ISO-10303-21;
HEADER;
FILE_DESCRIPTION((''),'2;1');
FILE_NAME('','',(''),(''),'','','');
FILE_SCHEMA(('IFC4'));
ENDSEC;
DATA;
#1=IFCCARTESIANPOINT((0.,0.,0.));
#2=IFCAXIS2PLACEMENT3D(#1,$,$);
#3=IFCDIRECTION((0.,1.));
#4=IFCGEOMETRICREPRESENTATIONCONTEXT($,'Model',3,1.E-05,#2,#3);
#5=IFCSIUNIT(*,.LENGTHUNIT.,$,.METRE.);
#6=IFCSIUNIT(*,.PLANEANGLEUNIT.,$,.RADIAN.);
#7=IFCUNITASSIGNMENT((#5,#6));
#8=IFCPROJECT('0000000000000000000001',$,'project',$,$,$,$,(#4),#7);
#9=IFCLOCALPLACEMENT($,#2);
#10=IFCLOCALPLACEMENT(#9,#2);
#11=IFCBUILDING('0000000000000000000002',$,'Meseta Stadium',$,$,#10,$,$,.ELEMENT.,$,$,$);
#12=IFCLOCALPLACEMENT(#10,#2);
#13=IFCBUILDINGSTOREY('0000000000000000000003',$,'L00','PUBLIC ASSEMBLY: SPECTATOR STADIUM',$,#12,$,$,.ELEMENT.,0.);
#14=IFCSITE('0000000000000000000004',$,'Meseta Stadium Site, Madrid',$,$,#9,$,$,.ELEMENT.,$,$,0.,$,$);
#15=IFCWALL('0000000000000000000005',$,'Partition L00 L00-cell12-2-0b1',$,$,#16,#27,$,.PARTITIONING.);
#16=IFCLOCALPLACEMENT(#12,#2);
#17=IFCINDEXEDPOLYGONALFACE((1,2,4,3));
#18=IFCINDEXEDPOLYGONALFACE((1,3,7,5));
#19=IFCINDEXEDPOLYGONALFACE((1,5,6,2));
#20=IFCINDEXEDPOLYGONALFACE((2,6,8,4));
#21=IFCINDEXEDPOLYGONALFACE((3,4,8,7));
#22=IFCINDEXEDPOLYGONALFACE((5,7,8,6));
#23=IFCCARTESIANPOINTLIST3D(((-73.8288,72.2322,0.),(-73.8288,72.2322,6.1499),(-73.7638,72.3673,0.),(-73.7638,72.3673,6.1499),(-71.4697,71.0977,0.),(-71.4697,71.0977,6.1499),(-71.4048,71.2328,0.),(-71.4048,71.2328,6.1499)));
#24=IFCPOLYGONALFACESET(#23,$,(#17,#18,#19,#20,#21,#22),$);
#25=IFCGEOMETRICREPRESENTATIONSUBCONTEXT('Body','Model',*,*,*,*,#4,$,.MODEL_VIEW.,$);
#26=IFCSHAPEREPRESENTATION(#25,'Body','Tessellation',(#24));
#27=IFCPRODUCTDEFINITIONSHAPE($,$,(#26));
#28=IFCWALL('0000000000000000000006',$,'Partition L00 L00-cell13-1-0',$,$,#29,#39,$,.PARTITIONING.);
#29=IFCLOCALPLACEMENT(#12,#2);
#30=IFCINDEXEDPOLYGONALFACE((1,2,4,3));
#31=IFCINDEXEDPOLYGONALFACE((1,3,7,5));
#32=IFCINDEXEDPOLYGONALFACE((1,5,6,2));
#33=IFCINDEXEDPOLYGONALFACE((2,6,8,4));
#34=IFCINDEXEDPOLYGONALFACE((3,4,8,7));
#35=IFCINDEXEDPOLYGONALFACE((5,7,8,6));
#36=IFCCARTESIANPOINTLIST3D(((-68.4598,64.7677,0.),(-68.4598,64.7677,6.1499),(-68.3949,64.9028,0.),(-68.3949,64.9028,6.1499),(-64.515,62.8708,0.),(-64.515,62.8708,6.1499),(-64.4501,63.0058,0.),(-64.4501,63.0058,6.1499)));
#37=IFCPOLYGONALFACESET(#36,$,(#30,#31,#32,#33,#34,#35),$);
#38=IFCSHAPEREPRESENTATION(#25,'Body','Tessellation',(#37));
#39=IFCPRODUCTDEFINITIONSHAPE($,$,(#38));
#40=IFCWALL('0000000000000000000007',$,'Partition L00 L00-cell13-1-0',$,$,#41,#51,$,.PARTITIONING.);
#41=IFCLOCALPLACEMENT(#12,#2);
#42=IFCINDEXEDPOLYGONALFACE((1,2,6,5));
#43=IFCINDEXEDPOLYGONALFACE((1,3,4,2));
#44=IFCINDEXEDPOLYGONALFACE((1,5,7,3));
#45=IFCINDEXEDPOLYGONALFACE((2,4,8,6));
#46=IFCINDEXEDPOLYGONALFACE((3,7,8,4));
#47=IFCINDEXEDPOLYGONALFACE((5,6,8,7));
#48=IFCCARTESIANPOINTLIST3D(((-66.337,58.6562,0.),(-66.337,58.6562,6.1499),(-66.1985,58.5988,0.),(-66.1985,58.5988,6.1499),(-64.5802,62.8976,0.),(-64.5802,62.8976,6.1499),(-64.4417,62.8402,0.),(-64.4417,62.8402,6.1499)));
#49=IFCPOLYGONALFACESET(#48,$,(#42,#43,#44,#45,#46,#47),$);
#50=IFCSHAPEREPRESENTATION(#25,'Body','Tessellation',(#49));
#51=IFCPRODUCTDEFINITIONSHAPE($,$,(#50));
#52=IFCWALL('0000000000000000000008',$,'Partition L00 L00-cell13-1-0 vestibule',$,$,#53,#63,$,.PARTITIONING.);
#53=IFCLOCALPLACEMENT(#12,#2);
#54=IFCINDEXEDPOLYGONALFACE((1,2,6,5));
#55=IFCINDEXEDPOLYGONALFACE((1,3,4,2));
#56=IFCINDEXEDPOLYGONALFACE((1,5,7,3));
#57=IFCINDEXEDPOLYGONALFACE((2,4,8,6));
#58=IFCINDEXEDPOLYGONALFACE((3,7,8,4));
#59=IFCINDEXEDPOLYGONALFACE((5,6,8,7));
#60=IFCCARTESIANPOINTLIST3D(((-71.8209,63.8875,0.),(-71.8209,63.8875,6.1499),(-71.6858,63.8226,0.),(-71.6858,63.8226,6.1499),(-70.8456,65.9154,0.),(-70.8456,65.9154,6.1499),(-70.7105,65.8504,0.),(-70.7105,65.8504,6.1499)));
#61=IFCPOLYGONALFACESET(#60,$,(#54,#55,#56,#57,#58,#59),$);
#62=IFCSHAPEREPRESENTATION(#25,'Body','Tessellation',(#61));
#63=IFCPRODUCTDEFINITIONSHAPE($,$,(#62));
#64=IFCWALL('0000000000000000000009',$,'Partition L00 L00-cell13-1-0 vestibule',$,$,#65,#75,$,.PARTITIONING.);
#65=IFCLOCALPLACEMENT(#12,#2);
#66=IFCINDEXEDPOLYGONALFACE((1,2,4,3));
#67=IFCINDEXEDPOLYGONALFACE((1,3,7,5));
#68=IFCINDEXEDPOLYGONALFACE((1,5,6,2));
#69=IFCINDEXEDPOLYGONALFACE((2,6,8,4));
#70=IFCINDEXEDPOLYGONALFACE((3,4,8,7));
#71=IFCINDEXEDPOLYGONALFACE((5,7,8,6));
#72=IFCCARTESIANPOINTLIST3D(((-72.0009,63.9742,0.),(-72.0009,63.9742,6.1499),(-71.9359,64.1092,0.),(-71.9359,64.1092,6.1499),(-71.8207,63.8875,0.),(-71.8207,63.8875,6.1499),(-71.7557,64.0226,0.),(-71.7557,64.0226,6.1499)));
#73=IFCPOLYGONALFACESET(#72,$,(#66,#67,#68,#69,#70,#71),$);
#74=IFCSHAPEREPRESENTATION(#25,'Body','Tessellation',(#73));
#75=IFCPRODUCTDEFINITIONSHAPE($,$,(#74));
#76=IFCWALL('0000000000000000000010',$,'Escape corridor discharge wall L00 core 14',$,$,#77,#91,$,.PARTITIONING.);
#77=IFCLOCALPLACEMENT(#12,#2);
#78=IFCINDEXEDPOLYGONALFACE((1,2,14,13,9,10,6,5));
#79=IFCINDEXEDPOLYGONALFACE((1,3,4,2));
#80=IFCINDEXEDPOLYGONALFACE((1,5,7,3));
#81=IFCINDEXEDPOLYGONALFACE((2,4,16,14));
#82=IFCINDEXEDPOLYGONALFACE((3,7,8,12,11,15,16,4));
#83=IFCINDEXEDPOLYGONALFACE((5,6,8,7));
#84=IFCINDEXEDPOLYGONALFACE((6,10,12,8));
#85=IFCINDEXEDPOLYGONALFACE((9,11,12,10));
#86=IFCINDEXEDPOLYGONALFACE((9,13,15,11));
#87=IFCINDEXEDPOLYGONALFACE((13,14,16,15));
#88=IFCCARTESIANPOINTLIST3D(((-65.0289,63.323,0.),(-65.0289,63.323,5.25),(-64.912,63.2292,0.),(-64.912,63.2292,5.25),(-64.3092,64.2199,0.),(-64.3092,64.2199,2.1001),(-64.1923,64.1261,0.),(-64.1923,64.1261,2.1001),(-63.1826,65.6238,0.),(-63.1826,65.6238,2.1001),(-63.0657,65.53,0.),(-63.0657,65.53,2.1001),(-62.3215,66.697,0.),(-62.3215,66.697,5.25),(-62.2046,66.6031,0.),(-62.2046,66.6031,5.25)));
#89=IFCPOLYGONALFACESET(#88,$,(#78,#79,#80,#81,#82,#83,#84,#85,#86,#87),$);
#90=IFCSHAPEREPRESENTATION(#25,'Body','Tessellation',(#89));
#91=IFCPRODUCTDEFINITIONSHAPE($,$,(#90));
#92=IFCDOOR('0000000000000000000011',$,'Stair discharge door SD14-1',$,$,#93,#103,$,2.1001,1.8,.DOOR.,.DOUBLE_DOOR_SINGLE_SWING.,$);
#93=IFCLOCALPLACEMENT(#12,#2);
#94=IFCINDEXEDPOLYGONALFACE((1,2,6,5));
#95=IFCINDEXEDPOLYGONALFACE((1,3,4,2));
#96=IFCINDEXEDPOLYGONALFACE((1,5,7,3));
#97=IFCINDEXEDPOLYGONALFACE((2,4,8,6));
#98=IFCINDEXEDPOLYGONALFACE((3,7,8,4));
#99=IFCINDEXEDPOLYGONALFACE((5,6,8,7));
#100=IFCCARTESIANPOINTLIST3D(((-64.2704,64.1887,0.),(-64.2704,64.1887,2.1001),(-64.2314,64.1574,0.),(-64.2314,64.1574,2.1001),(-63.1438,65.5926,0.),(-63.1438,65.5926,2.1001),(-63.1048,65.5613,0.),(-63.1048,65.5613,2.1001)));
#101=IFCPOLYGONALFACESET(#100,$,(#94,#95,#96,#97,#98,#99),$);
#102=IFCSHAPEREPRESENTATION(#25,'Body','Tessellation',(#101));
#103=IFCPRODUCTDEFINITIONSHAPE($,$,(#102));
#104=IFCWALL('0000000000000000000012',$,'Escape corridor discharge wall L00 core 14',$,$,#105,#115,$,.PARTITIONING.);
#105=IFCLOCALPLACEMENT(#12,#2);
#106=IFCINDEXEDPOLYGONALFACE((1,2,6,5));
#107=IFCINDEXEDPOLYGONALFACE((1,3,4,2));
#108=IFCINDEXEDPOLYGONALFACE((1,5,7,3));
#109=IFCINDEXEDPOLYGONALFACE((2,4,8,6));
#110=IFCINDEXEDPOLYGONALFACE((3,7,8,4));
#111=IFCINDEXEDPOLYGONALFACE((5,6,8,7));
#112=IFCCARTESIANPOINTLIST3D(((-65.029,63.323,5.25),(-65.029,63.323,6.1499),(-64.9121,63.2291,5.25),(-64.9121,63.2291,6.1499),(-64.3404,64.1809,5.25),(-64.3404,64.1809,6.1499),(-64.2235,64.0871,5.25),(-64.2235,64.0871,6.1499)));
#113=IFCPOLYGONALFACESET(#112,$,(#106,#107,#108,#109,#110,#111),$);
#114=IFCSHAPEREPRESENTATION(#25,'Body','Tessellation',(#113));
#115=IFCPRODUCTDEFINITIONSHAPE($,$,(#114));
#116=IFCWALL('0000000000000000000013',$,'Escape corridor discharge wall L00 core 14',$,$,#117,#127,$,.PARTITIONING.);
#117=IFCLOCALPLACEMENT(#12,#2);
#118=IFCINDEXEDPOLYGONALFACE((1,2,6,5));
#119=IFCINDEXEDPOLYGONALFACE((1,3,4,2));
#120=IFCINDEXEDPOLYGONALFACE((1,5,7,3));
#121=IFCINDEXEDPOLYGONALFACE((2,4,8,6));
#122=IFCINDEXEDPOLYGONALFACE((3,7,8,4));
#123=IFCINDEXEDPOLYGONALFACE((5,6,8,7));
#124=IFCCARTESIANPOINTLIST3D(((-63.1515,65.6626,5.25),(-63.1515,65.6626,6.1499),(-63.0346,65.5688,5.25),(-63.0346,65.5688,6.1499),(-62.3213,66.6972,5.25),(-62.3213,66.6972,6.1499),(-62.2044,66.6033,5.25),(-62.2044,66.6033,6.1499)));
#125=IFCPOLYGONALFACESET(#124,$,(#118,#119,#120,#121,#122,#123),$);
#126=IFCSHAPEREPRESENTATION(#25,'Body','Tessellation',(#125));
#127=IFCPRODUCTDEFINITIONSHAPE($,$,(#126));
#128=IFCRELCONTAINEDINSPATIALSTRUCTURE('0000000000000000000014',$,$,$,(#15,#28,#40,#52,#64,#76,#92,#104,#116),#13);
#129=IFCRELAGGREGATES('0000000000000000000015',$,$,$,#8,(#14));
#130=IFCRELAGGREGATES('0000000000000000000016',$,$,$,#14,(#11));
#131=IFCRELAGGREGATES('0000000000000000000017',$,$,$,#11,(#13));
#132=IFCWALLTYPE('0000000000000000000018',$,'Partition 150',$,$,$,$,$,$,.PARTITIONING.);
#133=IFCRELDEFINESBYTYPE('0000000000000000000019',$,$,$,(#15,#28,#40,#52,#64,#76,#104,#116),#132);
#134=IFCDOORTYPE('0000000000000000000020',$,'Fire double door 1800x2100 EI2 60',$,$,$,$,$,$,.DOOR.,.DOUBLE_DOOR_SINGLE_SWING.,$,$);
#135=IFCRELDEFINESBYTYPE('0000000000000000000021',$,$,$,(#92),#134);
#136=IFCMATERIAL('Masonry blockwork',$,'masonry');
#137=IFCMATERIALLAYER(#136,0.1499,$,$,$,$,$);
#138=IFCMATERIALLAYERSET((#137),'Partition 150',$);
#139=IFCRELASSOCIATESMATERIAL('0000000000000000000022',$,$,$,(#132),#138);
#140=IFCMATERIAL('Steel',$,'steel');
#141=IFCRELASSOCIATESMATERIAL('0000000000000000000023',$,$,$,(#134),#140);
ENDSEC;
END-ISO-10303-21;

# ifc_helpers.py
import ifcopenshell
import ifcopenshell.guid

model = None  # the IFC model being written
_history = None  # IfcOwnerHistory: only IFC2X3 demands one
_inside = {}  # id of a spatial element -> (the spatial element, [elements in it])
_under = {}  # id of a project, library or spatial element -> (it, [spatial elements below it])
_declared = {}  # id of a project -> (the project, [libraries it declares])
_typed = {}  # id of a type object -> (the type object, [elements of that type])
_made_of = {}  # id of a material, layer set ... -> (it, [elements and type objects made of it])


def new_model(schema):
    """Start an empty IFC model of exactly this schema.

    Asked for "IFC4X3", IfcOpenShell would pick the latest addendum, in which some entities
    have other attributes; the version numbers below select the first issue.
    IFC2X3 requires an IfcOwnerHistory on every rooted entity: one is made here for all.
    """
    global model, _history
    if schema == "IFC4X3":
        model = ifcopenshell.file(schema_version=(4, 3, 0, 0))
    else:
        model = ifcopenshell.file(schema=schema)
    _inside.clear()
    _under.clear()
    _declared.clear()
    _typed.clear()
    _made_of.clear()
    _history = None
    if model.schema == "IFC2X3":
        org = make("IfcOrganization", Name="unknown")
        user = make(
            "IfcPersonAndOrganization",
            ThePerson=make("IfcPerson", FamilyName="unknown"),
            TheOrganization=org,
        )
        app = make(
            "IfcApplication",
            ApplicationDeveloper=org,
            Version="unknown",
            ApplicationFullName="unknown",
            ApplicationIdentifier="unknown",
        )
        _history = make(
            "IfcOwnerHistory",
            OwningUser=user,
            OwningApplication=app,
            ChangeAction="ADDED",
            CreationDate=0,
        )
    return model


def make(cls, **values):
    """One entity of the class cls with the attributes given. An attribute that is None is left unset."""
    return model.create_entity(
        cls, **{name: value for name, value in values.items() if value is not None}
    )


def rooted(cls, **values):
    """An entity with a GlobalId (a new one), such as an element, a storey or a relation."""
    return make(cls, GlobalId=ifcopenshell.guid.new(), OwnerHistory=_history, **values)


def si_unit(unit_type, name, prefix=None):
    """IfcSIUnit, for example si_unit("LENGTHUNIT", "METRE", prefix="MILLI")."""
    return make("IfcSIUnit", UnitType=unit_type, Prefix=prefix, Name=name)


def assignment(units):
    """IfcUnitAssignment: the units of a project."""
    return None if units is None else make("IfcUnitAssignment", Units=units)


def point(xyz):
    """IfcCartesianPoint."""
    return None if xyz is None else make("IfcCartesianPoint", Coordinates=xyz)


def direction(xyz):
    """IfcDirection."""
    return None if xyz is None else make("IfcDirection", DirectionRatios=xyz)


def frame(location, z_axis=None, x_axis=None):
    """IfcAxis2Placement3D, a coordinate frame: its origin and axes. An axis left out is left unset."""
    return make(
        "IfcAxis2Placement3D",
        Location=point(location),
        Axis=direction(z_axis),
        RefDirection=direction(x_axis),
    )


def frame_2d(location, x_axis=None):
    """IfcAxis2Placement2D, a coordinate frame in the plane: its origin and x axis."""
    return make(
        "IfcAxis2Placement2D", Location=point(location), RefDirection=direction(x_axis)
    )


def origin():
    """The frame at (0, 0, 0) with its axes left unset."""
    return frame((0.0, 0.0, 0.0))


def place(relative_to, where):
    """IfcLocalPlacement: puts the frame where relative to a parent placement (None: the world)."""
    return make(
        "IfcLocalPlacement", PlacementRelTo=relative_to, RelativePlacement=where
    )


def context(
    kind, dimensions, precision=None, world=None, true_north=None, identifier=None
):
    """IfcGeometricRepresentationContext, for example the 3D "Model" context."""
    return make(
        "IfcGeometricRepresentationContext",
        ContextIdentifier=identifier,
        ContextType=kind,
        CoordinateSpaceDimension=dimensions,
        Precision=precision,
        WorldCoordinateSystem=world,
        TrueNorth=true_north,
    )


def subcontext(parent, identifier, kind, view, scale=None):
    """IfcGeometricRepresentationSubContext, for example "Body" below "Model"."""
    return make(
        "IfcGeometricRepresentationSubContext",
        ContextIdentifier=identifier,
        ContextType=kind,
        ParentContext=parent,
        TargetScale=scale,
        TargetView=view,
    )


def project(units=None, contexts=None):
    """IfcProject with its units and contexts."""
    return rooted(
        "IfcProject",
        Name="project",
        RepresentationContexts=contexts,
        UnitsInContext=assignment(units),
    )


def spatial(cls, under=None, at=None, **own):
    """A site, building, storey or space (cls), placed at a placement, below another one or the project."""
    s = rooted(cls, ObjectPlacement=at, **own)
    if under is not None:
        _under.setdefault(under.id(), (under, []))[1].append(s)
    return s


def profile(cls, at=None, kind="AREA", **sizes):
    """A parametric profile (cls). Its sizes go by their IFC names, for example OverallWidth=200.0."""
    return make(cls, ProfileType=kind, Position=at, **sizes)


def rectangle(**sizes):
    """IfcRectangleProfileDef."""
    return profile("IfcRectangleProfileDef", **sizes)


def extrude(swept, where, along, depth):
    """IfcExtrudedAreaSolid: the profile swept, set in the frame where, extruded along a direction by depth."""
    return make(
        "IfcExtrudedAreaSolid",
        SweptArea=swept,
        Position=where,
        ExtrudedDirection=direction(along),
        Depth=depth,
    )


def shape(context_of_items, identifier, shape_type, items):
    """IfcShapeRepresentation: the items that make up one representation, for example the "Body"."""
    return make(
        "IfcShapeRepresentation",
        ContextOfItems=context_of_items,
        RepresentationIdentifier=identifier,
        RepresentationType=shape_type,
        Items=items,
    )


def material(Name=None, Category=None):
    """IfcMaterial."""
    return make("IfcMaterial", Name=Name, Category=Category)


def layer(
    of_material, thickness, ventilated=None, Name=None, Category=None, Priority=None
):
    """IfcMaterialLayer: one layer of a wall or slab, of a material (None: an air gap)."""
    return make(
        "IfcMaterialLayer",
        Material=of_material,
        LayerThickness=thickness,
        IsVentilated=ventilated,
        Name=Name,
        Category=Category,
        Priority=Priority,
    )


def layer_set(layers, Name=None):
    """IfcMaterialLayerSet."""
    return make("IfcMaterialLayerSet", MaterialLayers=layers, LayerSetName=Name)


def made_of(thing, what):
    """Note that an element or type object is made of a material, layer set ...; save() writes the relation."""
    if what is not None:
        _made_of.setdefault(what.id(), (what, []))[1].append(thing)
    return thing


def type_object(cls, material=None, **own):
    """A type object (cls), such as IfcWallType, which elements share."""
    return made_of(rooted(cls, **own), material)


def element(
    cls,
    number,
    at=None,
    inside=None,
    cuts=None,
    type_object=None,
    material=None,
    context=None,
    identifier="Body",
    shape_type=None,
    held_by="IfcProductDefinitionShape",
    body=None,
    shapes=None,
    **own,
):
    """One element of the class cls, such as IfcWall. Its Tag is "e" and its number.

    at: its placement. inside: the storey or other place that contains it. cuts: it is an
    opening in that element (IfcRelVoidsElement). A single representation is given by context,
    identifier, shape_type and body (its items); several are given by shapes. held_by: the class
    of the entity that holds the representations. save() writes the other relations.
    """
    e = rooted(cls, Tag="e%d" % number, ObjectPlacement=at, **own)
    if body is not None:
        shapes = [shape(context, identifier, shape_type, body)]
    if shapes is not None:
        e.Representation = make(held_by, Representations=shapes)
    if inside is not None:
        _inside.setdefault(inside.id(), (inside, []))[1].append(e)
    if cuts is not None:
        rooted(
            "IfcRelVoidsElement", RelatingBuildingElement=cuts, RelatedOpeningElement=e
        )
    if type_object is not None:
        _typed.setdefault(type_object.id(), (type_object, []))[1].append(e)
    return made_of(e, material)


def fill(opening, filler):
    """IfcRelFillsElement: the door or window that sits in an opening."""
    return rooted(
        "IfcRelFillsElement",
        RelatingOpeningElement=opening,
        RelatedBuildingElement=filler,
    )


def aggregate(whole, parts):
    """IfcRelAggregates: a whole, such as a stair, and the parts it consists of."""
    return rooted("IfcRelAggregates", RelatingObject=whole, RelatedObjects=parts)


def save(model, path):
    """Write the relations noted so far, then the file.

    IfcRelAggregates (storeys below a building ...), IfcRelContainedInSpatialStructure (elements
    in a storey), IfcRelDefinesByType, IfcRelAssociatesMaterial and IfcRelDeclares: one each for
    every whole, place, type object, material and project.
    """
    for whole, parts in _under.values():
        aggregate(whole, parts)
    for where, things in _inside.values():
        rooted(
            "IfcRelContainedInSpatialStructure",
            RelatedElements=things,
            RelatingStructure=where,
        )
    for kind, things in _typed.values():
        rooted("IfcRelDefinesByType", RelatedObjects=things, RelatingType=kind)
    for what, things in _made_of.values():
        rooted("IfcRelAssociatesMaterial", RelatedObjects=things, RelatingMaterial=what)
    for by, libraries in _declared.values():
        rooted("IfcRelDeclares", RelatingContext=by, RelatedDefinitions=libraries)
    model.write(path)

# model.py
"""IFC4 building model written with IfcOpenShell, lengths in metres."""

from ifc_helpers import new_model, si_unit, direction, frame, frame_2d, origin, place, context, subcontext, project, spatial, rectangle, extrude, material, layer, layer_set, type_object, element, fill, save


model = new_model("IFC4")

# Units and contexts
model_context = context("Model", 3, precision=1e-05, world=origin(), true_north=direction((0.0, 1.0)))
body_context = subcontext(model_context, "Body", "Model", "MODEL_VIEW")
ifc_project = project(units=[si_unit("LENGTHUNIT", "METRE"), si_unit("PLANEANGLEUNIT", "RADIAN")], contexts=[model_context])

# Site, building, storey
site_placement = place(None, origin())
site = spatial("IfcSite", under=ifc_project, at=site_placement, Name="Meseta Stadium Site, Madrid", CompositionType="ELEMENT", RefElevation=0.0)
building_placement = place(site_placement, origin())
building = spatial("IfcBuilding", under=site, at=building_placement, Name="Meseta Stadium", CompositionType="ELEMENT")
storey_placement = place(building_placement, origin())
storey = spatial("IfcBuildingStorey", under=building, at=storey_placement, Name="L00", Description="PUBLIC ASSEMBLY: SPECTATOR STADIUM", CompositionType="ELEMENT", Elevation=0.0)

# Shared definitions
ifc_material_1 = material(Name="Masonry blockwork", Category="masonry")
ifc_layer = layer(ifc_material_1, 0.1499)
ifc_layer_set = layer_set([ifc_layer], Name="Partition 150")
wall_type = type_object("IfcWallType", Name="Partition 150", PredefinedType="PARTITIONING", material=ifc_layer_set)

# Walls
wall_1_placement = place(storey_placement, frame((-71.4373, 71.1653, 0.0), z_axis=(0.0, 0.0, 1.0), x_axis=(-0.901204, 0.433395, 0.0)))
element("IfcWall", 1, at=wall_1_placement, inside=storey, type_object=wall_type, Name="Partition L00 L00-cell12-2-0b1", PredefinedType="PARTITIONING", context=body_context, shape_type="SweptSolid", body=[
    extrude(rectangle(XDim=2.6177, YDim=0.1499, at=frame_2d((1.3088, 0.0))), origin(), (0.0, 0.0, 1.0), 6.1499),
])
wall_2_placement = place(storey_placement, frame((-68.4272, 64.8352, 0.0), z_axis=(0.0, 0.0, 1.0), x_axis=(0.901215, -0.433373, 0.0)))
element("IfcWall", 2, at=wall_2_placement, inside=storey, type_object=wall_type, Name="Partition L00 L00-cell13-1-0", PredefinedType="PARTITIONING", context=body_context, shape_type="SweptSolid", body=[
    extrude(rectangle(XDim=4.3772, YDim=0.1499, at=frame_2d((2.1885, 0.0))), origin(), (0.0, 0.0, 1.0), 6.1499),
])
wall_3_placement = place(storey_placement, frame((-64.511, 62.8689, 0.0), z_axis=(0.0, 0.0, 1.0), x_axis=(-0.382677, -0.923882, 0.0)))
element("IfcWall", 3, at=wall_3_placement, inside=storey, type_object=wall_type, Name="Partition L00 L00-cell13-1-0", PredefinedType="PARTITIONING", context=body_context, shape_type="SweptSolid", body=[
    extrude(rectangle(XDim=4.5908, YDim=0.1499, at=frame_2d((2.2954, 0.0))), origin(), (0.0, 0.0, 1.0), 6.1499),
])
wall_4_placement = place(storey_placement, frame((-70.7781, 65.8828, 0.0), z_axis=(0.0, 0.0, 1.0), x_axis=(-0.433447, -0.901179, 0.0)))
element("IfcWall", 4, at=wall_4_placement, inside=storey, type_object=wall_type, Name="Partition L00 L00-cell13-1-0 vestibule", PredefinedType="PARTITIONING", context=body_context, shape_type="SweptSolid", body=[
    extrude(rectangle(XDim=2.2502, YDim=0.1499, at=frame_2d((1.125, 0.0))), origin(), (0.0, 0.0, 1.0), 6.1499),
])
wall_5_placement = place(storey_placement, frame((-71.9685, 64.0417, 0.0), z_axis=(0.0, 0.0, 1.0), x_axis=(0.901161, -0.433485, 0.0)))
element("IfcWall", 5, at=wall_5_placement, inside=storey, type_object=wall_type, Name="Partition L00 L00-cell13-1-0 vestibule", PredefinedType="PARTITIONING", context=body_context, shape_type="SweptSolid", body=[
    extrude(rectangle(XDim=0.2, YDim=0.1499, at=frame_2d((0.1001, 0.0))), origin(), (0.0, 0.0, 1.0), 6.1499),
])

# Wall, opening, door
wall_6_placement = place(storey_placement, frame((-62.2629, 66.6501, 0.0), z_axis=(0.0, 0.0, 1.0), x_axis=(-0.625864, -0.779932, 0.0)))
wall_6 = element("IfcWall", 6, at=wall_6_placement, inside=storey, type_object=wall_type, Name="Escape corridor discharge wall L00 core 14", PredefinedType="PARTITIONING", context=body_context, shape_type="SweptSolid", body=[
    extrude(rectangle(XDim=4.3259, YDim=0.1499, at=frame_2d((2.1631, 0.0))), origin(), (0.0, 0.0, 1.0), 5.25),
])
opening_1_placement = place(wall_6_placement, frame((1.3762, 0.0, 0.0)))
opening_1 = element("IfcOpeningElement", 7, at=opening_1_placement, cuts=wall_6, PredefinedType="OPENING", context=body_context, shape_type="SweptSolid", body=[
    extrude(rectangle(XDim=1.8, YDim=2.1001, at=frame_2d((0.8999, 1.05))), frame((0.0, 0.085, 0.0), z_axis=(0.0, -1.0, 0.0), x_axis=(1.0, 0.0, 0.0)), (0.0, 0.0, 1.0), 0.1699),
])
ifc_material_2 = material(Name="Steel", Category="steel")
door_type_1 = type_object("IfcDoorType", Name="Fire double door 1800x2100 EI2 60", OperationType="DOUBLE_DOOR_SINGLE_SWING", PredefinedType="DOOR", material=ifc_material_2)
door_1_placement = place(opening_1_placement, origin())
door_1 = element("IfcDoor", 8, at=door_1_placement, inside=storey, type_object=door_type_1, Name="Stair discharge door SD14-1", OperationType="DOUBLE_DOOR_SINGLE_SWING", OverallHeight=2.1001, OverallWidth=1.8, PredefinedType="DOOR", context=body_context, shape_type="SweptSolid", body=[
    extrude(rectangle(XDim=1.8, YDim=2.1001, at=frame_2d((0.8999, 1.05))), frame((0.0, 0.0249, 0.0), z_axis=(0.0, -1.0, 0.0), x_axis=(1.0, 0.0, 0.0)), (0.0, 0.0, 1.0), 0.05),
])
fill(opening_1, door_1)

# Walls
wall_7_placement = place(storey_placement, frame((-64.282, 64.134, 5.25), z_axis=(0.0, 0.0, 1.0), x_axis=(-0.625885, -0.779915, 0.0)))
element("IfcWall", 9, at=wall_7_placement, inside=storey, type_object=wall_type, Name="Escape corridor discharge wall L00 core 14", PredefinedType="PARTITIONING", context=body_context, shape_type="SweptSolid", body=[
    extrude(rectangle(XDim=1.1001, YDim=0.1499, at=frame_2d((0.55, 0.0))), origin(), (0.0, 0.0, 1.0), 0.8999),
])
wall_8_placement = place(storey_placement, frame((-62.2629, 66.6501, 5.25), z_axis=(0.0, 0.0, 1.0), x_axis=(-0.625862, -0.779934, 0.0)))
element("IfcWall", 10, at=wall_8_placement, inside=storey, type_object=wall_type, Name="Escape corridor discharge wall L00 core 14", PredefinedType="PARTITIONING", context=body_context, shape_type="SweptSolid", body=[
    extrude(rectangle(XDim=1.3264, YDim=0.1499, at=frame_2d((0.6631, 0.0))), origin(), (0.0, 0.0, 1.0), 0.8999),
])

save(model, "model.ifc")
